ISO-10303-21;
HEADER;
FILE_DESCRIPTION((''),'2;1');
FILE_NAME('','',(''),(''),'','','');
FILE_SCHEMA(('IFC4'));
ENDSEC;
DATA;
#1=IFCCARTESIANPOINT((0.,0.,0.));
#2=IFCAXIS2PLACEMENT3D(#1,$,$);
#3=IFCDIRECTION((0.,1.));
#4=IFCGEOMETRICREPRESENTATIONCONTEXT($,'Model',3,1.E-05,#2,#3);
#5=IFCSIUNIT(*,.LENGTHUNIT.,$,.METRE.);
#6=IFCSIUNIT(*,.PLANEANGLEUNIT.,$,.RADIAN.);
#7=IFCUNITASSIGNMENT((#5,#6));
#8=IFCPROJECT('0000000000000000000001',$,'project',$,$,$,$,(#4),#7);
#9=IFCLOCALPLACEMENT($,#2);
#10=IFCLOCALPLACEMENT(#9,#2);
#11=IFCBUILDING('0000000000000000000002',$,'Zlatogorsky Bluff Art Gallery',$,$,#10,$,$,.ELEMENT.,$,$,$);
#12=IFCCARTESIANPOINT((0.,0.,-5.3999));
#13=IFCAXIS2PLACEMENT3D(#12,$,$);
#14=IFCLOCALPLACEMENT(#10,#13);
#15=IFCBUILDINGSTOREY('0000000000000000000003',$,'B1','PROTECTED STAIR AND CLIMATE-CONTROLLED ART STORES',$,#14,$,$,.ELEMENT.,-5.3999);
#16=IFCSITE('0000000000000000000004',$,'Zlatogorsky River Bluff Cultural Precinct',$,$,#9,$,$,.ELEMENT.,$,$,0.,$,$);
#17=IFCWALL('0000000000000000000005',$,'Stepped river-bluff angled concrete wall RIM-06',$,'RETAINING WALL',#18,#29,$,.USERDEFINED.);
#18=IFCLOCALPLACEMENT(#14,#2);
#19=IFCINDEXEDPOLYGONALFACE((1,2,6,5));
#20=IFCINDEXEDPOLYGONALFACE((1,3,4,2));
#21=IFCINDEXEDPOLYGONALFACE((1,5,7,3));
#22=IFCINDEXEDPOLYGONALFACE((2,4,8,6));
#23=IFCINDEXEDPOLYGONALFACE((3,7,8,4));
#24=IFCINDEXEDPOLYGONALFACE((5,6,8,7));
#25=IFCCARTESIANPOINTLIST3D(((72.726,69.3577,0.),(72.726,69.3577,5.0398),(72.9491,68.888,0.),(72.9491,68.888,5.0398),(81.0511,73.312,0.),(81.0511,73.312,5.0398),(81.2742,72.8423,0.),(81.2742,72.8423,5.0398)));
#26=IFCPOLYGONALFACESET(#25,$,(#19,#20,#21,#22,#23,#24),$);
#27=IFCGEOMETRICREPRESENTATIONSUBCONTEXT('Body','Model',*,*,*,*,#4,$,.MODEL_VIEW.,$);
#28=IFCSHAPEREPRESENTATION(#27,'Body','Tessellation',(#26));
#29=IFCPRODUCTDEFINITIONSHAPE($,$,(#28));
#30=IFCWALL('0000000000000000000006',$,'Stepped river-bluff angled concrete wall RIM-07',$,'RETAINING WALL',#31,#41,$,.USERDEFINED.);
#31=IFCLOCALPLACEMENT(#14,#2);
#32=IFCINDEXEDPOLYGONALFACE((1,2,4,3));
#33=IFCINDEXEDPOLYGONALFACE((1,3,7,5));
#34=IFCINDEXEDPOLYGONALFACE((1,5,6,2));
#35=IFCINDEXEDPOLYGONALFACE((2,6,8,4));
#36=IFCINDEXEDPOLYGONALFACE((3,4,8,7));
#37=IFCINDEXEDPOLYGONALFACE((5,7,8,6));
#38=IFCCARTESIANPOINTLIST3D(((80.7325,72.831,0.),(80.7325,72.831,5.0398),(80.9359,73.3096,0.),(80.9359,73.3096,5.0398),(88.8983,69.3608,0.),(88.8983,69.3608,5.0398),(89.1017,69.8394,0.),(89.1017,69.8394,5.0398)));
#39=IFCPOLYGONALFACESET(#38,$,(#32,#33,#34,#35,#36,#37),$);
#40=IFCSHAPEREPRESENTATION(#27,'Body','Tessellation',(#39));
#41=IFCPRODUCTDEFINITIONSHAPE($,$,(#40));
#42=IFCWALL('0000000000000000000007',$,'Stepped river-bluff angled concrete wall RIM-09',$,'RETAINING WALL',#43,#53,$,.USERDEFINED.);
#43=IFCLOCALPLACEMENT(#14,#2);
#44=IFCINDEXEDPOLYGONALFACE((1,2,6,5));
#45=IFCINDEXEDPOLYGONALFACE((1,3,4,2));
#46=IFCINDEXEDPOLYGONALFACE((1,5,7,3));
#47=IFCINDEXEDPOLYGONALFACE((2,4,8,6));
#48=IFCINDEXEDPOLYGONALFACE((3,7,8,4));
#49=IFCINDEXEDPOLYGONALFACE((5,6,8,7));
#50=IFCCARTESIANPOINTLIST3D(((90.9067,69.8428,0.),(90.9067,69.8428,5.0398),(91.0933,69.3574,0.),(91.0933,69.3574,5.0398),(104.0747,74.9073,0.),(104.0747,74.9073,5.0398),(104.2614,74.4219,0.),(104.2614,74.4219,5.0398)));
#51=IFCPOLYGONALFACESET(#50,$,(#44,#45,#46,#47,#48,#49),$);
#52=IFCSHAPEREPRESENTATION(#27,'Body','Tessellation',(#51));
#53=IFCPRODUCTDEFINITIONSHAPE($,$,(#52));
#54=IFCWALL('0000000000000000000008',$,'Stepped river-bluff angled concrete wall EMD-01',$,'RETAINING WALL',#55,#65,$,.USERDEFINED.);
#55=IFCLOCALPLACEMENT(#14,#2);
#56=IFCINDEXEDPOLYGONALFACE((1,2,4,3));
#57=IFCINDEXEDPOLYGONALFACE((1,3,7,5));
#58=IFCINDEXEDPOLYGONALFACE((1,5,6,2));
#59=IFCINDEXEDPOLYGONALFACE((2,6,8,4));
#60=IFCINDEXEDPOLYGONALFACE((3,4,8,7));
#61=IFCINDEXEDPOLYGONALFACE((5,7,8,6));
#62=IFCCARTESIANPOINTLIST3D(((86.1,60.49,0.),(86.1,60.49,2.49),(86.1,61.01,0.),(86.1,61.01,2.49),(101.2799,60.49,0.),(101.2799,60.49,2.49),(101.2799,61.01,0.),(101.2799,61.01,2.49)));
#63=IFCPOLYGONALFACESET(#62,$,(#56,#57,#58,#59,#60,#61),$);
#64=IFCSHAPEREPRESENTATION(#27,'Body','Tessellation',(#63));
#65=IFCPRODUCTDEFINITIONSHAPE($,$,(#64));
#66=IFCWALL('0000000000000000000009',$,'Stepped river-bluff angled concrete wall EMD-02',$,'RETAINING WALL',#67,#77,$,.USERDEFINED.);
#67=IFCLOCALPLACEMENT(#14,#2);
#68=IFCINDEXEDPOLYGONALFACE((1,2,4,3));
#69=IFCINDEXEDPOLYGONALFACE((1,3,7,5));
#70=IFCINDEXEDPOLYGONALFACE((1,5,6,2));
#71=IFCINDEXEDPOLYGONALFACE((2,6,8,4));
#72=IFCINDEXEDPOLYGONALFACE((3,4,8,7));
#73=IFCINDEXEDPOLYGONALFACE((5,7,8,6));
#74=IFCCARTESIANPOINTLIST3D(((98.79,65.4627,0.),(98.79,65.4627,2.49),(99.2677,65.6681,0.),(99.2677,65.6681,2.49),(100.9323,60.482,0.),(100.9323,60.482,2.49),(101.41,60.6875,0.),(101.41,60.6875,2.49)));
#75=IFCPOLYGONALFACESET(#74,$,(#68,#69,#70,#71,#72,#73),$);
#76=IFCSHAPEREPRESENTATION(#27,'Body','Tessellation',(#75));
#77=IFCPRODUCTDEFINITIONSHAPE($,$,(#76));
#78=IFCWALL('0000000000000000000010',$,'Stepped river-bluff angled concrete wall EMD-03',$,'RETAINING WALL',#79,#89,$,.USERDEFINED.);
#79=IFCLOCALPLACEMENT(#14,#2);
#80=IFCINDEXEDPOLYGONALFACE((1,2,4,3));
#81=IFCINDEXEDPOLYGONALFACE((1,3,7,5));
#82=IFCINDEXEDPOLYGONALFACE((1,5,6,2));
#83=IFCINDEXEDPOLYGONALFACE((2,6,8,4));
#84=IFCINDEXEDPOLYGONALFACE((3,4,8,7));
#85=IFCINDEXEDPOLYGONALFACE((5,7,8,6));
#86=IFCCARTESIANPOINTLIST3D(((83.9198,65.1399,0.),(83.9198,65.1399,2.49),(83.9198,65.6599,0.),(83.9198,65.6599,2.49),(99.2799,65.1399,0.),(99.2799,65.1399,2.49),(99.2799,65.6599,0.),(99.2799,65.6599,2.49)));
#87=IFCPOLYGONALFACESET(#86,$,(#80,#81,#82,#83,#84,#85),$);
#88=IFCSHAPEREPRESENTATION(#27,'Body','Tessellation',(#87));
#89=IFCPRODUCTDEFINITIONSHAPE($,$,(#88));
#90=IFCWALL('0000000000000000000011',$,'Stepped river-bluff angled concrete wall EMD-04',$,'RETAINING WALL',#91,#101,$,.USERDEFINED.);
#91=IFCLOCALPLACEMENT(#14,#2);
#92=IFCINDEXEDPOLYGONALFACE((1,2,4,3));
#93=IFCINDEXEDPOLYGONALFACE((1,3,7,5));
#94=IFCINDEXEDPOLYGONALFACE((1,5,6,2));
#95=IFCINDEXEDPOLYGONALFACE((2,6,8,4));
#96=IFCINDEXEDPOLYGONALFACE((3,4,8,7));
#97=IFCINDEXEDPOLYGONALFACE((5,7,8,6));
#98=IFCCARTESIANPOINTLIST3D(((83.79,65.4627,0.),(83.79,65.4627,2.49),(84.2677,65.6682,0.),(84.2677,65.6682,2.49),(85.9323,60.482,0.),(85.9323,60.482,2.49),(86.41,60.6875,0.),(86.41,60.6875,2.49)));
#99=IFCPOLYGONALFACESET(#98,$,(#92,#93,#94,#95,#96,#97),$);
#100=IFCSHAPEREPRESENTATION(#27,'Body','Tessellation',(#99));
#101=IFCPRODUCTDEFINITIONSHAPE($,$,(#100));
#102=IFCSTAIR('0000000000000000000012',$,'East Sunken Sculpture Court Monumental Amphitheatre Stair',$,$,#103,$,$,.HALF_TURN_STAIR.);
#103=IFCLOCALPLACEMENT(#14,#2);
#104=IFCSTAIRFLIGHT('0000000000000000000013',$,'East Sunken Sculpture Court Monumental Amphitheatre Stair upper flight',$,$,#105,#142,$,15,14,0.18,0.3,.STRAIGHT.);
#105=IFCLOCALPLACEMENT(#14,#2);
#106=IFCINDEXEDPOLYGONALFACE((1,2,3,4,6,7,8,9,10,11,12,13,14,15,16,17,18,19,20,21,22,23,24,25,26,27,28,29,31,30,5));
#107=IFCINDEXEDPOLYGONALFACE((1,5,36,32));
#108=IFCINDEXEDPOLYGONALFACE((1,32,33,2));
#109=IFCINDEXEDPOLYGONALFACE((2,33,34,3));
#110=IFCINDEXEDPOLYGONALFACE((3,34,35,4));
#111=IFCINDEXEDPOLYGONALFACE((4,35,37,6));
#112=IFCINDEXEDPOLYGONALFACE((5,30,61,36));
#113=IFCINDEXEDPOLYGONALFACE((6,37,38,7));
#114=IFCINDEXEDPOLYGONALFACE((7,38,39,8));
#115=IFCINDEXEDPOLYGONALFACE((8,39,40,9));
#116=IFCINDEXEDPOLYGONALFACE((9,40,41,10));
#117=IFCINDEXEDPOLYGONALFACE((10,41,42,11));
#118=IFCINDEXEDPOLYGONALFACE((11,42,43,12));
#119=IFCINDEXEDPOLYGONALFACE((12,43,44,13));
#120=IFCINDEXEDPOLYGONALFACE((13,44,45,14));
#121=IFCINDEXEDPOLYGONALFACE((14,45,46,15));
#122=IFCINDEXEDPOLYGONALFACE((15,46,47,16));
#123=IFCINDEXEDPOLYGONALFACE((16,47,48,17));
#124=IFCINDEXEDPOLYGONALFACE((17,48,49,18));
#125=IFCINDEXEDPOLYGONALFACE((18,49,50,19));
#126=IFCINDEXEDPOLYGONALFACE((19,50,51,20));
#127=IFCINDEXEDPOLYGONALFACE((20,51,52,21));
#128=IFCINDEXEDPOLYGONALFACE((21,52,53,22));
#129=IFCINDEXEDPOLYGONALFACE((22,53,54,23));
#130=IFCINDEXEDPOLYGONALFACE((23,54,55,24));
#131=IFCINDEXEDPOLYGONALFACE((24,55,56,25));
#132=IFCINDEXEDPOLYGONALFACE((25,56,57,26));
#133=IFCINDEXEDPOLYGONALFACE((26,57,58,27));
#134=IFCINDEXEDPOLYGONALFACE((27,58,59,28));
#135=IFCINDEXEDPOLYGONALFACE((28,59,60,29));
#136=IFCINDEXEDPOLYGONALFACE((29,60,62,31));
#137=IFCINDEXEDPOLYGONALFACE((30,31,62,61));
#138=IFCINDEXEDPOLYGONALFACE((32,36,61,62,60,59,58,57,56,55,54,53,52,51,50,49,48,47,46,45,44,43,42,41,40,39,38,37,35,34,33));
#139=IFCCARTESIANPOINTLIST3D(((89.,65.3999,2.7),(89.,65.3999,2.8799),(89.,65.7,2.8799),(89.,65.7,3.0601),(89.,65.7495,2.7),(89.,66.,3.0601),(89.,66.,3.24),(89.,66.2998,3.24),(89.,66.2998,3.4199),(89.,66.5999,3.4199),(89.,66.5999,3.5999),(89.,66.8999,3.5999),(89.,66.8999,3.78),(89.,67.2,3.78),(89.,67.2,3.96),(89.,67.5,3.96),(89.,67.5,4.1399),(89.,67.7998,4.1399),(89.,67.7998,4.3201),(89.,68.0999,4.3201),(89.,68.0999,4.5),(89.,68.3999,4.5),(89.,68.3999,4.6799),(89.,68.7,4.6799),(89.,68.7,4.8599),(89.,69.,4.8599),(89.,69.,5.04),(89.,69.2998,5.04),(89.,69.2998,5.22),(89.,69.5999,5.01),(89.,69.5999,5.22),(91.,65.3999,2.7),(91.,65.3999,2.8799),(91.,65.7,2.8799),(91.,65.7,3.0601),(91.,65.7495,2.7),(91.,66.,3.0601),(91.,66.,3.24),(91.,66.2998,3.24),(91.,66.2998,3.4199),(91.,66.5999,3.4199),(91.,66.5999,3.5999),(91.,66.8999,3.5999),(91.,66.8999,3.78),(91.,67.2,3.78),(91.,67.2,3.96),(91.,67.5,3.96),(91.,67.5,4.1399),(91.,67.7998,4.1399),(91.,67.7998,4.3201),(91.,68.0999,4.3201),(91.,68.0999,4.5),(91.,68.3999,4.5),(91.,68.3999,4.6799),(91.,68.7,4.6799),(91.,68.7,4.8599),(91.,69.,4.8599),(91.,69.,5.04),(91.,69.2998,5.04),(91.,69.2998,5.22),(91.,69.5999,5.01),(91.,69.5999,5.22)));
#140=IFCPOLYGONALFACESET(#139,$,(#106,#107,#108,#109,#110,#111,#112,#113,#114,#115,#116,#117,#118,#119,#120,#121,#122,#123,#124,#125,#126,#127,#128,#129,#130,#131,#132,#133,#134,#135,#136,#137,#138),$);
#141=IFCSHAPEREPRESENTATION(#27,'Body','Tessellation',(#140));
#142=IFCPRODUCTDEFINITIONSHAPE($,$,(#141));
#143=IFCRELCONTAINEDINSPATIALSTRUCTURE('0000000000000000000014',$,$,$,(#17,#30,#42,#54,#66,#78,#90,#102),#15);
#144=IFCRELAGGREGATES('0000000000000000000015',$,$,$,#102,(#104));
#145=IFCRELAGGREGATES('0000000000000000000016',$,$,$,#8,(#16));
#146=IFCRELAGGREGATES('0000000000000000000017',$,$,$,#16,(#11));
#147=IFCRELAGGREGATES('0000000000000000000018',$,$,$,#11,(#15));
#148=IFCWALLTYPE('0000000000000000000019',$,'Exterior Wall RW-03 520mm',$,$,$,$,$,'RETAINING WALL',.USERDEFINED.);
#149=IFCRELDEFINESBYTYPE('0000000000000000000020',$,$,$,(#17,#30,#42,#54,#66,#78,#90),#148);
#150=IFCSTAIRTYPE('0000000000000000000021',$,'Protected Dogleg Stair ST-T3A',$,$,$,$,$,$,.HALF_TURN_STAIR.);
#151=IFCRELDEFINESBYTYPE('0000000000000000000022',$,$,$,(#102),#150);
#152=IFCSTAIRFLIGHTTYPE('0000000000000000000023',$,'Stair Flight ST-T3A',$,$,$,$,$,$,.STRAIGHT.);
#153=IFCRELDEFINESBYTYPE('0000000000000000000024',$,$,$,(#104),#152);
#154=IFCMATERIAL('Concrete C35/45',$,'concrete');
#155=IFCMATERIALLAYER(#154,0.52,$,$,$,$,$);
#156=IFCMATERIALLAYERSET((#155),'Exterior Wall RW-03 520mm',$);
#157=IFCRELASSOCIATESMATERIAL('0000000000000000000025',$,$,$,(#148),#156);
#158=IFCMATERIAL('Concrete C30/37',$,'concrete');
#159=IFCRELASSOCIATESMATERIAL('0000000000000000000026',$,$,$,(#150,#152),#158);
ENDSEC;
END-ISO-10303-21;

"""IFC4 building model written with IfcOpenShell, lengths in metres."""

from ifc_helpers import new_model, si_unit, direction, frame, frame_2d, origin, place, context, subcontext, project, spatial, polyline, rectangle, outline, extrude, material, layer, layer_set, type_object, element, aggregate, save


model = new_model("IFC4")

# Units and contexts
model_context = context("Model", 3, precision=1e-05, world=origin(), true_north=direction((0.0, 1.0)))
body_context = subcontext(model_context, "Body", "Model", "MODEL_VIEW")
ifc_project = project(units=[si_unit("LENGTHUNIT", "METRE"), si_unit("PLANEANGLEUNIT", "RADIAN")], contexts=[model_context])

# Site, building, storey
site_placement = place(None, origin())
site = spatial("IfcSite", under=ifc_project, at=site_placement, Name="Zlatogorsky River Bluff Cultural Precinct", CompositionType="ELEMENT", RefElevation=0.0)
building_placement = place(site_placement, origin())
building = spatial("IfcBuilding", under=site, at=building_placement, Name="Zlatogorsky Bluff Art Gallery", CompositionType="ELEMENT")
storey_placement = place(building_placement, frame((0.0, 0.0, -5.3999)))
storey = spatial("IfcBuildingStorey", under=building, at=storey_placement, Name="B1", Description="PROTECTED STAIR AND CLIMATE-CONTROLLED ART STORES", CompositionType="ELEMENT", Elevation=-5.3999)

# Shared definitions
ifc_material_1 = material(Name="Concrete C35/45", Category="concrete")

# Walls
ifc_layer_1 = layer(ifc_material_1, 0.52)
ifc_layer_set_1 = layer_set([ifc_layer_1], Name="Exterior Wall RW-03 520mm")
wall_type_1 = type_object("IfcWallType", Name="Exterior Wall RW-03 520mm", ElementType="RETAINING WALL", PredefinedType="USERDEFINED", material=ifc_layer_set_1)
wall_1_placement = place(storey_placement, frame((72.8374, 69.1228, 0.0), z_axis=(0.0, 0.0, 1.0), x_axis=(0.903283, 0.429046, 0.0)))
element("IfcWall", 1, at=wall_1_placement, inside=storey, type_object=wall_type_1, Name="Stepped river-bluff angled concrete wall RIM-06", ObjectType="RETAINING WALL", PredefinedType="USERDEFINED", context=body_context, shape_type="SweptSolid", body=[
    extrude(rectangle(XDim=9.2166, YDim=0.52, at=frame_2d((4.6084, 0.0))), origin(), (0.0, 0.0, 1.0), 5.0398),
])
wall_2_placement = place(storey_placement, frame((80.8342, 73.0703, 0.0), z_axis=(0.0, 0.0, 1.0), x_axis=(0.920341, -0.391118, 0.0)))
element("IfcWall", 2, at=wall_2_placement, inside=storey, type_object=wall_type_1, Name="Stepped river-bluff angled concrete wall RIM-07", ObjectType="RETAINING WALL", PredefinedType="USERDEFINED", context=body_context, shape_type="SweptSolid", body=[
    extrude(rectangle(XDim=8.8726, YDim=0.52, at=frame_2d((4.4363, 0.0))), origin(), (0.0, 0.0, 1.0), 5.0398),
])
wall_3_placement = place(storey_placement, frame((91.0, 69.6001, 0.0), z_axis=(0.0, 0.0, 1.0), x_axis=(0.933349, 0.35897, 0.0)))
element("IfcWall", 3, at=wall_3_placement, inside=storey, type_object=wall_type_1, Name="Stepped river-bluff angled concrete wall RIM-09", ObjectType="RETAINING WALL", PredefinedType="USERDEFINED", context=body_context, shape_type="SweptSolid", body=[
    extrude(rectangle(XDim=14.1084, YDim=0.52, at=frame_2d((7.0542, 0.0))), origin(), (0.0, 0.0, 1.0), 5.0398),
])
wall_4_placement = place(storey_placement, frame((86.1001, 60.75, 0.0), z_axis=(0.0, 0.0, 1.0), x_axis=(1.0, 0.0, 0.0)))
element("IfcWall", 4, at=wall_4_placement, inside=storey, type_object=wall_type_1, Name="Stepped river-bluff angled concrete wall EMD-01", ObjectType="RETAINING WALL", PredefinedType="USERDEFINED", context=body_context, shape_type="SweptSolid", body=[
    extrude(rectangle(XDim=15.1799, YDim=0.52, at=frame_2d((7.5898, 0.0))), origin(), (0.0, 0.0, 1.0), 2.49),
])
wall_5_placement = place(storey_placement, frame((101.1711, 60.5847, 0.0), z_axis=(0.0, 0.0, 1.0), x_axis=(-0.395125, 0.918627, 0.0)))
element("IfcWall", 5, at=wall_5_placement, inside=storey, type_object=wall_type_1, Name="Stepped river-bluff angled concrete wall EMD-02", ObjectType="RETAINING WALL", PredefinedType="USERDEFINED", context=body_context, shape_type="SweptSolid", body=[
    extrude(rectangle(XDim=5.4219, YDim=0.52, at=frame_2d((2.7109, 0.0))), origin(), (0.0, 0.0, 1.0), 2.49),
])
wall_6_placement = place(storey_placement, frame((99.28, 65.3999, 0.0), z_axis=(0.0, 0.0, 1.0), x_axis=(-1.0, 0.0, 0.0)))
element("IfcWall", 6, at=wall_6_placement, inside=storey, type_object=wall_type_1, Name="Stepped river-bluff angled concrete wall EMD-03", ObjectType="RETAINING WALL", PredefinedType="USERDEFINED", context=body_context, shape_type="SweptSolid", body=[
    extrude(rectangle(XDim=15.3601, YDim=0.52, at=frame_2d((7.6802, 0.0))), origin(), (0.0, 0.0, 1.0), 2.49),
])
wall_7_placement = place(storey_placement, frame((84.0288, 65.5654, 0.0), z_axis=(0.0, 0.0, 1.0), x_axis=(0.395125, -0.918627, 0.0)))
element("IfcWall", 7, at=wall_7_placement, inside=storey, type_object=wall_type_1, Name="Stepped river-bluff angled concrete wall EMD-04", ObjectType="RETAINING WALL", PredefinedType="USERDEFINED", context=body_context, shape_type="SweptSolid", body=[
    extrude(rectangle(XDim=5.4219, YDim=0.52, at=frame_2d((2.7109, 0.0))), origin(), (0.0, 0.0, 1.0), 2.49),
])

# Stair, stair flight
ifc_material_2 = material(Name="Concrete C30/37", Category="concrete")
stair_type = type_object("IfcStairType", Name="Protected Dogleg Stair ST-T3A", PredefinedType="HALF_TURN_STAIR", material=ifc_material_2)
stair_placement = place(storey_placement, origin())
stair = element("IfcStair", 8, at=stair_placement, inside=storey, type_object=stair_type, Name="East Sunken Sculpture Court Monumental Amphitheatre Stair", PredefinedType="HALF_TURN_STAIR")
stair_flight_type = type_object("IfcStairFlightType", Name="Stair Flight ST-T3A", PredefinedType="STRAIGHT", material=ifc_material_2)
stair_flight_placement = place(storey_placement, frame((90.0, 65.3999, 2.7), z_axis=(0.0, 0.0, 1.0), x_axis=(0.0, 1.0, 0.0)))
stair_flight = element("IfcStairFlight", 9, at=stair_flight_placement, type_object=stair_flight_type, Name="East Sunken Sculpture Court Monumental Amphitheatre Stair upper flight", NumberOfRisers=15, NumberOfTreads=14, PredefinedType="STRAIGHT", RiserHeight=0.18, TreadLength=0.3, context=body_context, shape_type="SweptSolid", body=[
    extrude(outline(polyline([(0.0, 0.0), (0.0, 0.1799), (0.3, 0.1799), (0.3, 0.3601), (0.6001, 0.3601), (0.6001, 0.54), (0.8999, 0.54), (0.8999, 0.72), (1.2, 0.72), (1.2, 0.8999), (1.5, 0.8999), (1.5, 1.0801), (1.8, 1.0801), (1.8, 1.26), (2.1001, 1.26), (2.1001, 1.4399), (2.3999, 1.4399), (2.3999, 1.6201), (2.7, 1.6201), (2.7, 1.8), (3.0, 1.8), (3.0, 1.98), (3.3, 1.98), (3.3, 2.1599), (3.6001, 2.1599), (3.6001, 2.3401), (3.8999, 2.3401), (3.8999, 2.52), (4.2, 2.52), (4.2, 2.7), (4.2, 2.3101), (0.3496, 0.0), (0.0, 0.0)])), frame((0.0, 1.0, 0.0), z_axis=(0.0, -1.0, 0.0), x_axis=(1.0, 0.0, 0.0)), (0.0, 0.0, 1.0), 2.0),
])
aggregate(stair, [stair_flight])

save(model, "model.ifc")
